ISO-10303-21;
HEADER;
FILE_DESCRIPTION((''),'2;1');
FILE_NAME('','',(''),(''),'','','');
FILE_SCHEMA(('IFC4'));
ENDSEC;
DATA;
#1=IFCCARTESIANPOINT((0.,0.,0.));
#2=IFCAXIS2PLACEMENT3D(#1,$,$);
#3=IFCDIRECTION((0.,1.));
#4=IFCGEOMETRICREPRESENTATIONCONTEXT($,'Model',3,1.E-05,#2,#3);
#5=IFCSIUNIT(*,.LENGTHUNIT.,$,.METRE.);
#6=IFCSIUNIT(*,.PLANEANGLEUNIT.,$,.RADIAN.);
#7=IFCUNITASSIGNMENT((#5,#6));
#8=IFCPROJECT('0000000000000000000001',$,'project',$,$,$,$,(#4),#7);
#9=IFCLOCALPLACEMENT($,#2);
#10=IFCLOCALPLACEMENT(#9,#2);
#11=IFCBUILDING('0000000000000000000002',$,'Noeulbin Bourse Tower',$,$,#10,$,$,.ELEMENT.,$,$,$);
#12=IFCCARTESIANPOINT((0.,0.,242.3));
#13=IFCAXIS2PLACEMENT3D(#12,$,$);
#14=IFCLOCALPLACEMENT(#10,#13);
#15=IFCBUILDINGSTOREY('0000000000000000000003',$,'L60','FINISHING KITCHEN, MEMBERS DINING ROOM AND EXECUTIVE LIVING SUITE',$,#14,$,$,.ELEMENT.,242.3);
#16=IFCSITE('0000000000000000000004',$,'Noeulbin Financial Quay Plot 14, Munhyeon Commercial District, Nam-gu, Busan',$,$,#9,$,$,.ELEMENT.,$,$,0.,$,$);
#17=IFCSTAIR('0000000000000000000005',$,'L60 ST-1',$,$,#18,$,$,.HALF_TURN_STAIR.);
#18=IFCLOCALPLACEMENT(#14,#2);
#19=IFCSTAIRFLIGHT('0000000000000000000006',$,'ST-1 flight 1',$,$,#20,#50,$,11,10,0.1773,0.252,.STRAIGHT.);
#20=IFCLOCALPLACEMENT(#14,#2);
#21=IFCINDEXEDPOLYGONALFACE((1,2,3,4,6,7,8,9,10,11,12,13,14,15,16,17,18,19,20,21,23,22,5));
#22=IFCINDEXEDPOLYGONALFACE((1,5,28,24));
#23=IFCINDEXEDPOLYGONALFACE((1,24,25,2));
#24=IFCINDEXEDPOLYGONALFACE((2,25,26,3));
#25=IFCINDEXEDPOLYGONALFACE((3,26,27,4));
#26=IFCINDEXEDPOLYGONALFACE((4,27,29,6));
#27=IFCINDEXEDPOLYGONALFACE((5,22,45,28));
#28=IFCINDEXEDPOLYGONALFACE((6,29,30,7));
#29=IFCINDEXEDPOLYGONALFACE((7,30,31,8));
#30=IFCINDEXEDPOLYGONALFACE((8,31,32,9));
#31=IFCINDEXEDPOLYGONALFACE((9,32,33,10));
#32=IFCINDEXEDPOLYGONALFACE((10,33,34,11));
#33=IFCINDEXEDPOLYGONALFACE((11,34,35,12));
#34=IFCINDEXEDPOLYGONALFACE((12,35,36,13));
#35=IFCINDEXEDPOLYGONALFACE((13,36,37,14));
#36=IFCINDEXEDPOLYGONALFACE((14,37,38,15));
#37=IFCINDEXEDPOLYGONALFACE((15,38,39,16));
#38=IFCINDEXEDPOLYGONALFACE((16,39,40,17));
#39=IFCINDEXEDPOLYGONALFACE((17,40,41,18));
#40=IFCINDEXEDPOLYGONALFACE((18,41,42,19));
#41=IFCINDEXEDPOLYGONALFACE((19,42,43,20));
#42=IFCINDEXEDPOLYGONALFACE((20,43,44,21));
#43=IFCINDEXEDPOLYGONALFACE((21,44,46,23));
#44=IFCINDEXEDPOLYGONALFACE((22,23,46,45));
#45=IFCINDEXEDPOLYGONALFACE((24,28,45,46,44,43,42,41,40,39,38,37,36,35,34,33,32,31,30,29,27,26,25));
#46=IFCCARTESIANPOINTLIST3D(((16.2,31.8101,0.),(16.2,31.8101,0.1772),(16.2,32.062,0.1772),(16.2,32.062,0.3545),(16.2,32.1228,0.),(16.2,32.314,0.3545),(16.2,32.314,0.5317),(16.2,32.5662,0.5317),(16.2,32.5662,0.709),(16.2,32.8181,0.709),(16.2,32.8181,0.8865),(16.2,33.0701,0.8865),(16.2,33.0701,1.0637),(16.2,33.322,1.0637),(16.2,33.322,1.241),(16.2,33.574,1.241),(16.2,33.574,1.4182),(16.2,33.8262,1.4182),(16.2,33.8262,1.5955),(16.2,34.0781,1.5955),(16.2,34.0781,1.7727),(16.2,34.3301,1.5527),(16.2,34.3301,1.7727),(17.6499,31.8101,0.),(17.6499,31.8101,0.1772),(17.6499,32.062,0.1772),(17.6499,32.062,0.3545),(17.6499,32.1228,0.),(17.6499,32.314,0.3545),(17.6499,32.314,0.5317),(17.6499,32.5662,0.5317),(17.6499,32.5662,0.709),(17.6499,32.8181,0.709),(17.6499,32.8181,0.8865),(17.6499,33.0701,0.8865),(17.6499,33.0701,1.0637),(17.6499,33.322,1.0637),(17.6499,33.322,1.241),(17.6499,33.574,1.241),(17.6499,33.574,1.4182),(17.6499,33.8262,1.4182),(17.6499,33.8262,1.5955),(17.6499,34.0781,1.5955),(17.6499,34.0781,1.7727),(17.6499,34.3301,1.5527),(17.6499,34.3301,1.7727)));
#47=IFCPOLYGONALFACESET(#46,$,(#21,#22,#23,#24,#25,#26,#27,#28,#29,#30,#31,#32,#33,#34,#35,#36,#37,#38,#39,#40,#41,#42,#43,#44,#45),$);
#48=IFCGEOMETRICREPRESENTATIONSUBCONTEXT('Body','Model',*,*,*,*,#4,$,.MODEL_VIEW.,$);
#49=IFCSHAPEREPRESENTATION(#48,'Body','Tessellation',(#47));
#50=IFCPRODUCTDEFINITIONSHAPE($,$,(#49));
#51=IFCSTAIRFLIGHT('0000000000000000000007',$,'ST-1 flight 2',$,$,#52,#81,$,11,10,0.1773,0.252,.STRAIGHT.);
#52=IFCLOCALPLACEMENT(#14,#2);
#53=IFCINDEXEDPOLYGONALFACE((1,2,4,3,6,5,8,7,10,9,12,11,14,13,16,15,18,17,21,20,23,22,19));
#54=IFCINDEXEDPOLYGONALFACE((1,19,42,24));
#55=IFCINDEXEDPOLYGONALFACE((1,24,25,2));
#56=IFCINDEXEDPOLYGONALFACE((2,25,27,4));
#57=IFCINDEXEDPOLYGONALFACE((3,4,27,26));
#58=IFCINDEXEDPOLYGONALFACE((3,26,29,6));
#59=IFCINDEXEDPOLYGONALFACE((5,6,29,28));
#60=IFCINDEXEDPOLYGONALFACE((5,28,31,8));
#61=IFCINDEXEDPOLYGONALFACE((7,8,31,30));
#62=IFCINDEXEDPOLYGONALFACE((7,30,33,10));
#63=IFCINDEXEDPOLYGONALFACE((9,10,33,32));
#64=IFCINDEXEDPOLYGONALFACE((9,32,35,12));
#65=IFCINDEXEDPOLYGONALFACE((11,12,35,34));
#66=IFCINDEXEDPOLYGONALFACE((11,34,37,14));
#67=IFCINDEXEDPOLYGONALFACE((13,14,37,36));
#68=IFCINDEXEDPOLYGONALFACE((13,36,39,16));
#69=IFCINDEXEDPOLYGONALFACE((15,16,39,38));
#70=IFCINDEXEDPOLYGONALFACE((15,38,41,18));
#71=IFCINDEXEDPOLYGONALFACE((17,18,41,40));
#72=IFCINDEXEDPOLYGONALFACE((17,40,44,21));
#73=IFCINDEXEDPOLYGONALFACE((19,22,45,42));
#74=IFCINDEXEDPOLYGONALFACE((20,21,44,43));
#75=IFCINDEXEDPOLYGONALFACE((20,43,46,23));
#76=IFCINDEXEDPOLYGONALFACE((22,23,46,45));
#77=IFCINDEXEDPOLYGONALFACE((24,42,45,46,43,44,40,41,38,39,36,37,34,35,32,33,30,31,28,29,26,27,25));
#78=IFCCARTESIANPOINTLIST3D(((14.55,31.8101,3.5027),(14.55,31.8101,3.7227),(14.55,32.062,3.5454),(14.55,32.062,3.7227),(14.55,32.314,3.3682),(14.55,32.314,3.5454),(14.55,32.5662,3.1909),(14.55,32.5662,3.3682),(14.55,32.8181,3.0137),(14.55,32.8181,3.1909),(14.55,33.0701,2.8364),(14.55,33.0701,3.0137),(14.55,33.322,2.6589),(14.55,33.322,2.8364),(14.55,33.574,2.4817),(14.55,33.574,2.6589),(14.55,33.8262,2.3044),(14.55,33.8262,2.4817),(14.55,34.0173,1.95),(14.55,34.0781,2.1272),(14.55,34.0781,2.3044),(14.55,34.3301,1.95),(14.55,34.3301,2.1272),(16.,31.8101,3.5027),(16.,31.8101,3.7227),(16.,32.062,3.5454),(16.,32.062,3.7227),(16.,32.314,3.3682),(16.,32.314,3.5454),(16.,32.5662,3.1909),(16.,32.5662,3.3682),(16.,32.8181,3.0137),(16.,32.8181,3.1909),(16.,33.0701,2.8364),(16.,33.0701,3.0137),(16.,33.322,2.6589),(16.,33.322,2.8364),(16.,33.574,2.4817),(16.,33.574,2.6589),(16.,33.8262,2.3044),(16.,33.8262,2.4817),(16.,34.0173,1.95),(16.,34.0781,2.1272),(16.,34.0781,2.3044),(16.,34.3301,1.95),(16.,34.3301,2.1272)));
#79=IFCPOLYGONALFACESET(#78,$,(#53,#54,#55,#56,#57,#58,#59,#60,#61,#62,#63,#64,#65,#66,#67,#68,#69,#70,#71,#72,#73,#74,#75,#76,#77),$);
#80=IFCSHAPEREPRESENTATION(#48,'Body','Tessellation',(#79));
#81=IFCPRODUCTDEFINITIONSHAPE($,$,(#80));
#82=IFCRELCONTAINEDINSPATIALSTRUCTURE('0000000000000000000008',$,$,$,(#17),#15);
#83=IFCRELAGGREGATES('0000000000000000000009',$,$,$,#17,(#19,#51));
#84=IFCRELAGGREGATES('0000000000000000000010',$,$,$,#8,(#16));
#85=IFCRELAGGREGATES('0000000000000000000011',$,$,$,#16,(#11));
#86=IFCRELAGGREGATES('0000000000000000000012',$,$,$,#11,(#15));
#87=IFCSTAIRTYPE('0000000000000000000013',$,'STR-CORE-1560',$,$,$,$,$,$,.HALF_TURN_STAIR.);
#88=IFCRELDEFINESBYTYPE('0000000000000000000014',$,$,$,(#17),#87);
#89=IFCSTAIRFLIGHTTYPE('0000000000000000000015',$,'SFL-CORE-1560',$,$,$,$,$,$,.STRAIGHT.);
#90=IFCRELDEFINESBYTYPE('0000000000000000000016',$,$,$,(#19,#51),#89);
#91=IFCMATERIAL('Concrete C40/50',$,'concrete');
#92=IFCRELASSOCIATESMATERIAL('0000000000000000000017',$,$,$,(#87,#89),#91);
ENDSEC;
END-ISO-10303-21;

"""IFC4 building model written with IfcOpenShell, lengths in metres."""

from ifc_helpers import new_model, si_unit, direction, frame, origin, place, context, subcontext, project, spatial, polyline, outline, extrude, material, type_object, element, aggregate, save


model = new_model("IFC4")

# Units and contexts
model_context = context("Model", 3, precision=1e-05, world=origin(), true_north=direction((0.0, 1.0)))
body_context = subcontext(model_context, "Body", "Model", "MODEL_VIEW")
ifc_project = project(units=[si_unit("LENGTHUNIT", "METRE"), si_unit("PLANEANGLEUNIT", "RADIAN")], contexts=[model_context])

# Site, building, storey
site_placement = place(None, origin())
site = spatial("IfcSite", under=ifc_project, at=site_placement, Name="Noeulbin Financial Quay Plot 14, Munhyeon Commercial District, Nam-gu, Busan", CompositionType="ELEMENT", RefElevation=0.0)
building_placement = place(site_placement, origin())
building = spatial("IfcBuilding", under=site, at=building_placement, Name="Noeulbin Bourse Tower", CompositionType="ELEMENT")
storey_placement = place(building_placement, frame((0.0, 0.0, 242.3)))
storey = spatial("IfcBuildingStorey", under=building, at=storey_placement, Name="L60", Description="FINISHING KITCHEN, MEMBERS DINING ROOM AND EXECUTIVE LIVING SUITE", CompositionType="ELEMENT", Elevation=242.3)

# Shared definitions
ifc_material_1 = material(Name="Concrete C40/50", Category="concrete")

# Stair, stair flights
stair_type = type_object("IfcStairType", Name="STR-CORE-1560", PredefinedType="HALF_TURN_STAIR", material=ifc_material_1)
stair_placement = place(storey_placement, origin())
stair = element("IfcStair", 1, at=stair_placement, inside=storey, type_object=stair_type, Name="L60 ST-1", PredefinedType="HALF_TURN_STAIR")
stair_flight_type = type_object("IfcStairFlightType", Name="SFL-CORE-1560", PredefinedType="STRAIGHT", material=ifc_material_1)
stair_flight_1_placement = place(storey_placement, frame((16.925, 31.8101, 0.0), z_axis=(0.0, 0.0, 1.0), x_axis=(0.0, 1.0, 0.0)))
stair_flight_1 = element("IfcStairFlight", 2, at=stair_flight_1_placement, type_object=stair_flight_type, Name="ST-1 flight 1", NumberOfRisers=11, NumberOfTreads=10, PredefinedType="STRAIGHT", RiserHeight=0.1773, TreadLength=0.252, context=body_context, shape_type="SweptSolid", body=[
    extrude(outline(polyline([(0.0, 0.0), (0.0, 0.1772), (0.252, 0.1772), (0.252, 0.3545), (0.5039, 0.3545), (0.5039, 0.5317), (0.7561, 0.5317), (0.7561, 0.709), (1.0081, 0.709), (1.0081, 0.8865), (1.26, 0.8865), (1.26, 1.0637), (1.512, 1.0637), (1.512, 1.241), (1.7639, 1.241), (1.7639, 1.4182), (2.0161, 1.4182), (2.0161, 1.5955), (2.2681, 1.5955), (2.2681, 1.7727), (2.52, 1.7727), (2.52, 1.95), (2.52, 1.5527), (0.3127, 0.0), (0.0, 0.0)])), frame((0.0, 0.7251, 0.0), z_axis=(0.0, -1.0, 0.0), x_axis=(1.0, 0.0, 0.0)), (0.0, 0.0, 1.0), 1.45),
])
stair_flight_2_placement = place(storey_placement, frame((15.2749, 34.3301, 1.95), z_axis=(0.0, 0.0, 1.0), x_axis=(0.0, -1.0, 0.0)))
stair_flight_2 = element("IfcStairFlight", 3, at=stair_flight_2_placement, type_object=stair_flight_type, Name="ST-1 flight 2", NumberOfRisers=11, NumberOfTreads=10, PredefinedType="STRAIGHT", RiserHeight=0.1773, TreadLength=0.252, context=body_context, shape_type="SweptSolid", body=[
    extrude(outline(polyline([(0.0, 0.0), (0.0, 0.1772), (0.252, 0.1772), (0.252, 0.3545), (0.5039, 0.3545), (0.5039, 0.5317), (0.7561, 0.5317), (0.7561, 0.709), (1.0081, 0.709), (1.0081, 0.8865), (1.26, 0.8865), (1.26, 1.0637), (1.512, 1.0637), (1.512, 1.241), (1.7639, 1.241), (1.7639, 1.4182), (2.0161, 1.4182), (2.0161, 1.5955), (2.2681, 1.5955), (2.2681, 1.7727), (2.52, 1.7727), (2.52, 1.95), (2.52, 1.5527), (0.3127, 0.0), (0.0, 0.0)])), frame((0.0, 0.7251, 0.0), z_axis=(0.0, -1.0, 0.0), x_axis=(1.0, 0.0, 0.0)), (0.0, 0.0, 1.0), 1.45),
])
aggregate(stair, [stair_flight_1, stair_flight_2])

save(model, "model.ifc")
